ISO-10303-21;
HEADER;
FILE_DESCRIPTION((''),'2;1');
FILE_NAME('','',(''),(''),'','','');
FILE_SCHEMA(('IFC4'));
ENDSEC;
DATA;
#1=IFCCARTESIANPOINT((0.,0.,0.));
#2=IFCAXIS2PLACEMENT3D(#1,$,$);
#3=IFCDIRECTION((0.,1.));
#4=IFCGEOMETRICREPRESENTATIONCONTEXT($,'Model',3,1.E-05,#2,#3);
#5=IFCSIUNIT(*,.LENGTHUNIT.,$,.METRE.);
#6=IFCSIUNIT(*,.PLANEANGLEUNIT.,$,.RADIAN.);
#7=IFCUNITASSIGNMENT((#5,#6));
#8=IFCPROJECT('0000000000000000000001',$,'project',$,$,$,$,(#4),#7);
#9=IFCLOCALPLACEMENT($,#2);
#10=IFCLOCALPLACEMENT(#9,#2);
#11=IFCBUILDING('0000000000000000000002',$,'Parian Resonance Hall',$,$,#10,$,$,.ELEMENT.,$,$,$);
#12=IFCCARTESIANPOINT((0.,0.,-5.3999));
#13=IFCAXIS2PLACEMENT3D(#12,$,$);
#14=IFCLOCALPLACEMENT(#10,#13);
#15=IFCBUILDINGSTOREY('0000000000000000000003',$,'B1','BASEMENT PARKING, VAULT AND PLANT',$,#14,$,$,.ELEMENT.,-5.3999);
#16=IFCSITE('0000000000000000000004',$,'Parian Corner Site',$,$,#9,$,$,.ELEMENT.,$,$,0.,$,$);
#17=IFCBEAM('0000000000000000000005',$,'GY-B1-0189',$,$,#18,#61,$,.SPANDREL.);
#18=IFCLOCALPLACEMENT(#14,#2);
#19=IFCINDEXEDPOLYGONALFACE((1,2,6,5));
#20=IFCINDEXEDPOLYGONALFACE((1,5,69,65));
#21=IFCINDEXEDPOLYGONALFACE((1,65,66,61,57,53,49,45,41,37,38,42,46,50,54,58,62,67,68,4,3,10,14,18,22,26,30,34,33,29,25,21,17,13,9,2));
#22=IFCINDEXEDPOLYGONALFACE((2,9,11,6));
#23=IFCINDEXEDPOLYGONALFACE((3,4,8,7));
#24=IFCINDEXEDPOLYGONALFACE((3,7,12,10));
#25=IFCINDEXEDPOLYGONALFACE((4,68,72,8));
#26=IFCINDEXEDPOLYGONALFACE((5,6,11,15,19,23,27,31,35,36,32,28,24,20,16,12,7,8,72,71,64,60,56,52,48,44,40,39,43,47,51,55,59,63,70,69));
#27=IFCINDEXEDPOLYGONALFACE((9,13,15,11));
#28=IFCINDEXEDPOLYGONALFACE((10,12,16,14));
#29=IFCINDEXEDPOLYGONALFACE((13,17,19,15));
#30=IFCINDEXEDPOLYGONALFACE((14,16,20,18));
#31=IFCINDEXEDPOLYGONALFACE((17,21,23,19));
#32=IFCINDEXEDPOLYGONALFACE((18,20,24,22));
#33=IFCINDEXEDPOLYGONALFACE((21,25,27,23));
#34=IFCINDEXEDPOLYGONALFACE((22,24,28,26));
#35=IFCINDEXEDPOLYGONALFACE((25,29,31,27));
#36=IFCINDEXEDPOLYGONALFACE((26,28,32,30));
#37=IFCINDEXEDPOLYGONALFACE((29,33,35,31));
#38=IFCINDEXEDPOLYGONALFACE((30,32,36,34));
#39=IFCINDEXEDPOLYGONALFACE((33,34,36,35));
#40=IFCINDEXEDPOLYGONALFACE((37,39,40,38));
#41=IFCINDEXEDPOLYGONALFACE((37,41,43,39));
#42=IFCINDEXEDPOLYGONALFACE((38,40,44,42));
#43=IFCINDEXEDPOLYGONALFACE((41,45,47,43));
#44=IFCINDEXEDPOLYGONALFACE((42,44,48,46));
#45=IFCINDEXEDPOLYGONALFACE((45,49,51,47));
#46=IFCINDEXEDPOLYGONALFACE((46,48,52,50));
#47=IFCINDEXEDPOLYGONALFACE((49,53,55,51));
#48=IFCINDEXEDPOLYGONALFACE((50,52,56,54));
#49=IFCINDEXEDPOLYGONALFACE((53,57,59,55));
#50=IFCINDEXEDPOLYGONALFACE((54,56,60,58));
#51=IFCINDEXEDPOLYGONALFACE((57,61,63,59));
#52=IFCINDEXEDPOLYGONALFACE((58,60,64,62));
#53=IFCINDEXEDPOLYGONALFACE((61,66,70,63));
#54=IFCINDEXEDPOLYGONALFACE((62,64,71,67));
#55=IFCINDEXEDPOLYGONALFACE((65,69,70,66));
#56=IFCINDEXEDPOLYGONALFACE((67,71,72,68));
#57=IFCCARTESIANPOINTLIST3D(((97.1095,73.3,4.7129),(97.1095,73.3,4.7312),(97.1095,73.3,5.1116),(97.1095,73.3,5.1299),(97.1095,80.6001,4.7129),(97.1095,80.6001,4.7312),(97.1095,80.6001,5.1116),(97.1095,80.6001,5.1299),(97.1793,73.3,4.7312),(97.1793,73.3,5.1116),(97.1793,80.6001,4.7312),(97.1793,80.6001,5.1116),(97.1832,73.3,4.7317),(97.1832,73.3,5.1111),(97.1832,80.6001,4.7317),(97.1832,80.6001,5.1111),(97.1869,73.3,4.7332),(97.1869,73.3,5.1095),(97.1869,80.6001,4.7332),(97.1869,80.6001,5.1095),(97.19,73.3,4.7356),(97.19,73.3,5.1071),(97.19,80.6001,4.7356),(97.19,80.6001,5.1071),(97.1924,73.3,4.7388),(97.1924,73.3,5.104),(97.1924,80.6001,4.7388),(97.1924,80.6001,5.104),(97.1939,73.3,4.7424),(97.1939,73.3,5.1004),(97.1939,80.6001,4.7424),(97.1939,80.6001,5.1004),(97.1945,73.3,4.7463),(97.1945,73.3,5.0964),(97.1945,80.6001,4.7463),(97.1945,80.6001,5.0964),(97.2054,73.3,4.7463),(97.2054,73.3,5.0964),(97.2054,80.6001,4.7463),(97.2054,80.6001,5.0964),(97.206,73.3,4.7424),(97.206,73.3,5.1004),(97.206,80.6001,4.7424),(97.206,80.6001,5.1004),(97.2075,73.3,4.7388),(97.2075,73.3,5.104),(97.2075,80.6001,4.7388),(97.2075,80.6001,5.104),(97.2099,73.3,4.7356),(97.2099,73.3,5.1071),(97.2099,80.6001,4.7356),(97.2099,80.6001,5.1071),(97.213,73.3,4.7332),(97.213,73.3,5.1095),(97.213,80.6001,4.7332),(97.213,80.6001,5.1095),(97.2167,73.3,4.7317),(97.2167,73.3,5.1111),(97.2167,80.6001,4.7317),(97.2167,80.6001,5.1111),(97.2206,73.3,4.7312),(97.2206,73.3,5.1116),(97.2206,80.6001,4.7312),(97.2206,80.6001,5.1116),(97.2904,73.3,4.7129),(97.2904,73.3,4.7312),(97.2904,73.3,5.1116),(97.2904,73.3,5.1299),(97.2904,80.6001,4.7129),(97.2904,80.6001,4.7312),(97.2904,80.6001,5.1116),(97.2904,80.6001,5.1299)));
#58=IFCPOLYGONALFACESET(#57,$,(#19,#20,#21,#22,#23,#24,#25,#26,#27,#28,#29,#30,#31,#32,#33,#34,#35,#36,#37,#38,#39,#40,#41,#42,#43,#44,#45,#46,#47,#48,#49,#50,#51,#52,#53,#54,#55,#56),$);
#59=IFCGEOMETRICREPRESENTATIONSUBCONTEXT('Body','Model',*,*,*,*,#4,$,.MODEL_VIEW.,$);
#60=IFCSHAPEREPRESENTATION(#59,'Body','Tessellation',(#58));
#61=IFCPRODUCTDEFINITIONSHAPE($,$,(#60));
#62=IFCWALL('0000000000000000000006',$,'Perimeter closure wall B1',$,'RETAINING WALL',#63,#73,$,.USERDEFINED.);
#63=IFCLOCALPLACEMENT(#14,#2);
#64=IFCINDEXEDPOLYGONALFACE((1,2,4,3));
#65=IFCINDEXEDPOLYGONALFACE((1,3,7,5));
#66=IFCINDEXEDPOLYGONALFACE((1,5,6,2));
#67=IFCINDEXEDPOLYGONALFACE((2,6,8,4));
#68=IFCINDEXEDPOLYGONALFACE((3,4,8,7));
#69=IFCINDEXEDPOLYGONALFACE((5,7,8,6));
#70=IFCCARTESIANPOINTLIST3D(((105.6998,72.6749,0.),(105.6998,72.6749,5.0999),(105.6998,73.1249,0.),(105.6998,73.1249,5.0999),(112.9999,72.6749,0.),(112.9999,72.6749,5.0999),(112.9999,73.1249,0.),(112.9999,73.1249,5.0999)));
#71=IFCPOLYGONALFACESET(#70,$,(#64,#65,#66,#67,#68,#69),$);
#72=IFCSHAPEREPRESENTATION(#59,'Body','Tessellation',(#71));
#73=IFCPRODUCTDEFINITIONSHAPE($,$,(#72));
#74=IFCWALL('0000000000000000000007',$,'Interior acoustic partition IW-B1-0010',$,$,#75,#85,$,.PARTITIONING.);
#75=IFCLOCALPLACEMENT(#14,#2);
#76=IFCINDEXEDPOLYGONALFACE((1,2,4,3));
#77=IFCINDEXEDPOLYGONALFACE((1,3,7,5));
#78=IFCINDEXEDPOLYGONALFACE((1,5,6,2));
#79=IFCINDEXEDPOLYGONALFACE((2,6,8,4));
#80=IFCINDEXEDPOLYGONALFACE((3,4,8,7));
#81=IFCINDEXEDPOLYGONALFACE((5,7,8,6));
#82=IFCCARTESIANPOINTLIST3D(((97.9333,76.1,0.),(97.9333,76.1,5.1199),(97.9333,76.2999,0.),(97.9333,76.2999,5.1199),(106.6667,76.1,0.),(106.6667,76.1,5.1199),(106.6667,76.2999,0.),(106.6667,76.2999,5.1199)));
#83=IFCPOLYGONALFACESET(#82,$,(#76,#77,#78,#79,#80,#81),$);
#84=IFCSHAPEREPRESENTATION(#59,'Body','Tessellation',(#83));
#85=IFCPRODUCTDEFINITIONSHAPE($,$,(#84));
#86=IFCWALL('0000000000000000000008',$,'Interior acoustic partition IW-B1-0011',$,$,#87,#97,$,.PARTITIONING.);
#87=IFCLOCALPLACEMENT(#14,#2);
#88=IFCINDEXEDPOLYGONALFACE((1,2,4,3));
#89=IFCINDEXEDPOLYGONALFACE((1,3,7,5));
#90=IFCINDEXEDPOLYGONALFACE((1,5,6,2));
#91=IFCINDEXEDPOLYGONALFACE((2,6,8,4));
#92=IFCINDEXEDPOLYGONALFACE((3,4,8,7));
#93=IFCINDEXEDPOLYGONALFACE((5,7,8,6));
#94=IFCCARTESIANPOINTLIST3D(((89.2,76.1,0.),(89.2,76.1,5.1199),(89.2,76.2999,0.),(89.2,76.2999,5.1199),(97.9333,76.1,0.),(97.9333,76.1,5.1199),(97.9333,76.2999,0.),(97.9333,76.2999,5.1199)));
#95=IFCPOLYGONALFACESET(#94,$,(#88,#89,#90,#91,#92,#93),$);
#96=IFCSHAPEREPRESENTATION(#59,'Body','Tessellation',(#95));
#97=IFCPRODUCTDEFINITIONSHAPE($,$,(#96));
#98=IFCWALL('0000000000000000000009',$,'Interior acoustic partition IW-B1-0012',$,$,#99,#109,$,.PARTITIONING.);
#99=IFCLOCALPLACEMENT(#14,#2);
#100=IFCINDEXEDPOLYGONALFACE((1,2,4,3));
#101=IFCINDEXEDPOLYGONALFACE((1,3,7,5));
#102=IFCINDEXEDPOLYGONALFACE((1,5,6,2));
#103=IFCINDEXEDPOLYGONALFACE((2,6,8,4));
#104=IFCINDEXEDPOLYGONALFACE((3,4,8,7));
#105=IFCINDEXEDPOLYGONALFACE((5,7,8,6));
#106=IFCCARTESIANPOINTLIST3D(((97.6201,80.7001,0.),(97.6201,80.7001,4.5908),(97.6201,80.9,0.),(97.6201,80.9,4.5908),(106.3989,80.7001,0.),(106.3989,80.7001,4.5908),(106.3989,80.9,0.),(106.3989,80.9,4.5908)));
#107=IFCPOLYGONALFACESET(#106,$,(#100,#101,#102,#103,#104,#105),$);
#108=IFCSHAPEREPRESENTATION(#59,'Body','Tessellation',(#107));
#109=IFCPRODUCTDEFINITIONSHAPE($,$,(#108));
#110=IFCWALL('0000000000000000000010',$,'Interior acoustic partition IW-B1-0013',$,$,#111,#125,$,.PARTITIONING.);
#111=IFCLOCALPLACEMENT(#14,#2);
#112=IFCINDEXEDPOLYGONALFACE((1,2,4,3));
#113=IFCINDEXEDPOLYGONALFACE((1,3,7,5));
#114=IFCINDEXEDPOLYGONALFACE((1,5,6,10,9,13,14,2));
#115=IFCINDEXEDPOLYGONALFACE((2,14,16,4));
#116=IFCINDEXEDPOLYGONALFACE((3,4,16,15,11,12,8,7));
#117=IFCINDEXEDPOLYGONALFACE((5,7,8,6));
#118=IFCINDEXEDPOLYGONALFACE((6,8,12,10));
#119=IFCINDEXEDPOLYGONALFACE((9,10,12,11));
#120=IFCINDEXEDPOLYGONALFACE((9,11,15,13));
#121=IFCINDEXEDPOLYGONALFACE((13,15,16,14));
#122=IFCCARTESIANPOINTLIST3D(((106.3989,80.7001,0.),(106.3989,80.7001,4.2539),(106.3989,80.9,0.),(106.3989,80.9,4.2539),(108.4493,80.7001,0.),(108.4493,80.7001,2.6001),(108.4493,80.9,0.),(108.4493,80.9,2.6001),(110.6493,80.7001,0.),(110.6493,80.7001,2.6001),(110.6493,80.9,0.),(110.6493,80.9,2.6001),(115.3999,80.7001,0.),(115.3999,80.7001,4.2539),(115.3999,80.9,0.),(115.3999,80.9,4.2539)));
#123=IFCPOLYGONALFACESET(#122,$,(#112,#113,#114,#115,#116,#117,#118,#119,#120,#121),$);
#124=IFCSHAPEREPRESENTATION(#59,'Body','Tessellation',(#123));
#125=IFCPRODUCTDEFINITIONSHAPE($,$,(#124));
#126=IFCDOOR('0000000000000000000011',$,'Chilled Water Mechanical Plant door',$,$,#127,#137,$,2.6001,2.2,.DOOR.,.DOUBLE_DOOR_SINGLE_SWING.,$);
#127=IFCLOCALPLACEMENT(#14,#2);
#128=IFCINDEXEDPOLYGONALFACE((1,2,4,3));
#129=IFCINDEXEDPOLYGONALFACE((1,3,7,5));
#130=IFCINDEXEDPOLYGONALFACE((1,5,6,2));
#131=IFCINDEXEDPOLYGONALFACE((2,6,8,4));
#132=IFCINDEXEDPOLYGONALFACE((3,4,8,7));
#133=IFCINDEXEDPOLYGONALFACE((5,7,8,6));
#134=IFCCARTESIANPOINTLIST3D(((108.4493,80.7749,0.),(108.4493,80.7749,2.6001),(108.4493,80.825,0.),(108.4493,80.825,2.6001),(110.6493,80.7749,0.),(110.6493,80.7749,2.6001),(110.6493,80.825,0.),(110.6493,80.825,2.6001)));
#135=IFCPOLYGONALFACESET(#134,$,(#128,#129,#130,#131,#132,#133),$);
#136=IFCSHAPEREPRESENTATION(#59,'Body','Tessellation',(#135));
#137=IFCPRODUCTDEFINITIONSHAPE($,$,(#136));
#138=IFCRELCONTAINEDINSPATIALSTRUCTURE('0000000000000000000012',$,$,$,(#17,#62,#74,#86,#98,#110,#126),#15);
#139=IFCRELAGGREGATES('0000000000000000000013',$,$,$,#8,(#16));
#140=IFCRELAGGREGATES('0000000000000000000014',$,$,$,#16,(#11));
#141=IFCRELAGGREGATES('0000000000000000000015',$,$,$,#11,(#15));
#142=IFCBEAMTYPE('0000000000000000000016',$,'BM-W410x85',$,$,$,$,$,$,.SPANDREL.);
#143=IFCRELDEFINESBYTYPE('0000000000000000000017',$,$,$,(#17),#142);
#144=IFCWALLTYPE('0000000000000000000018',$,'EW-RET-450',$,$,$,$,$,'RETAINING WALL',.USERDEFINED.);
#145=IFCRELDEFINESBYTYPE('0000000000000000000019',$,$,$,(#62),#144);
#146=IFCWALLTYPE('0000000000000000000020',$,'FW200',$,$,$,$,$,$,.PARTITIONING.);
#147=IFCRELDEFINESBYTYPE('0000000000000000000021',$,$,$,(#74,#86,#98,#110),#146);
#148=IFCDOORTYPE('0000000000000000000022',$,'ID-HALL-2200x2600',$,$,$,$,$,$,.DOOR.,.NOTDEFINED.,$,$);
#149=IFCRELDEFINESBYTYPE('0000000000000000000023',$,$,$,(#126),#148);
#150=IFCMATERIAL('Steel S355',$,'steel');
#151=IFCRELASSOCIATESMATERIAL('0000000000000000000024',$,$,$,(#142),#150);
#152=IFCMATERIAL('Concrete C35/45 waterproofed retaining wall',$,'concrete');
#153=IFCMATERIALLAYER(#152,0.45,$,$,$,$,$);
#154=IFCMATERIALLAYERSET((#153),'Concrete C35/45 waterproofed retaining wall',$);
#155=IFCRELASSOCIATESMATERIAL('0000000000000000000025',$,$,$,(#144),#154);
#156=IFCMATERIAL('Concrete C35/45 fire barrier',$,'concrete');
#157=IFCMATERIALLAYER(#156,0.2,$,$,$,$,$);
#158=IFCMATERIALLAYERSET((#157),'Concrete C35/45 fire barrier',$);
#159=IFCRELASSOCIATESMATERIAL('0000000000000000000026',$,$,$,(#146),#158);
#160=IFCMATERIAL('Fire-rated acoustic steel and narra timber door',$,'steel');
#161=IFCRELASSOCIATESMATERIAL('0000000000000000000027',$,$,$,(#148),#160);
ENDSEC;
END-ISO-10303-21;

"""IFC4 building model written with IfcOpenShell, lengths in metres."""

from ifc_helpers import new_model, si_unit, direction, frame, frame_2d, origin, origin_2d, place, context, subcontext, project, spatial, rectangle, i_section, extrude, material, layer, layer_set, material_profile, profile_set, type_object, element, fill, save


model = new_model("IFC4")

# Units and contexts
model_context = context("Model", 3, precision=1e-05, world=origin(), true_north=direction((0.0, 1.0)))
body_context = subcontext(model_context, "Body", "Model", "MODEL_VIEW")
ifc_project = project(units=[si_unit("LENGTHUNIT", "METRE"), si_unit("PLANEANGLEUNIT", "RADIAN")], contexts=[model_context])

# Site, building, storey
site_placement = place(None, origin())
site = spatial("IfcSite", under=ifc_project, at=site_placement, Name="Parian Corner Site", CompositionType="ELEMENT", RefElevation=0.0)
building_placement = place(site_placement, origin())
building = spatial("IfcBuilding", under=site, at=building_placement, Name="Parian Resonance Hall", CompositionType="ELEMENT")
storey_placement = place(building_placement, frame((0.0, 0.0, -5.3999)))
storey = spatial("IfcBuildingStorey", under=building, at=storey_placement, Name="B1", Description="BASEMENT PARKING, VAULT AND PLANT", CompositionType="ELEMENT", Elevation=-5.3999)

# Beam
ifc_material_1 = material(Name="Steel S355", Category="steel")
ifc_material_profile_1 = material_profile(ifc_material_1, i_section(OverallWidth=0.1809, OverallDepth=0.417, WebThickness=0.011, FlangeThickness=0.0183, FilletRadius=0.0151, at=origin_2d()), Name="W410x85")
ifc_profile_set_1 = profile_set([ifc_material_profile_1], Name="Steel S355")
beam_type_1 = type_object("IfcBeamType", Name="BM-W410x85", PredefinedType="SPANDREL", material=ifc_profile_set_1)
beam_1_placement = place(storey_placement, frame((97.2, 73.3, 4.9214), z_axis=(0.0, 1.0, 0.0), x_axis=(-1.0, 0.0, 0.0)))
element("IfcBeam", 1, at=beam_1_placement, inside=storey, type_object=beam_type_1, Name="GY-B1-0189", PredefinedType="SPANDREL", context=body_context, shape_type="SweptSolid", body=[
    extrude(i_section(OverallWidth=0.1809, OverallDepth=0.417, WebThickness=0.011, FlangeThickness=0.0183, FilletRadius=0.0151, at=origin_2d()), origin(), (0.0, 0.0, 1.0), 7.3),
])

# Walls
ifc_material_2 = material(Name="Concrete C35/45 waterproofed retaining wall", Category="concrete")
ifc_layer_1 = layer(ifc_material_2, 0.45)
ifc_layer_set_1 = layer_set([ifc_layer_1], Name="Concrete C35/45 waterproofed retaining wall")
wall_type_1 = type_object("IfcWallType", Name="EW-RET-450", ElementType="RETAINING WALL", PredefinedType="USERDEFINED", material=ifc_layer_set_1)
wall_1_placement = place(storey_placement, frame((105.7, 72.8999, 0.0), z_axis=(0.0, 0.0, 1.0), x_axis=(1.0, 0.0, 0.0)))
element("IfcWall", 2, at=wall_1_placement, inside=storey, type_object=wall_type_1, Name="Perimeter closure wall B1", ObjectType="RETAINING WALL", PredefinedType="USERDEFINED", context=body_context, shape_type="SweptSolid", body=[
    extrude(rectangle(XDim=7.3, YDim=0.45, at=frame_2d((3.6499, 0.0))), origin(), (0.0, 0.0, 1.0), 5.0999),
])
ifc_material_3 = material(Name="Concrete C35/45 fire barrier", Category="concrete")
ifc_layer_2 = layer(ifc_material_3, 0.2)
ifc_layer_set_2 = layer_set([ifc_layer_2], Name="Concrete C35/45 fire barrier")
wall_type_2 = type_object("IfcWallType", Name="FW200", PredefinedType="PARTITIONING", material=ifc_layer_set_2)
for number, where, z_axis, x_axis, name in (
    (3, (106.6667, 76.2, 0.0), (0.0, 0.0, 1.0), (-1.0, 0.0, 0.0), "Interior acoustic partition IW-B1-0010"),
    (4, (97.9333, 76.2, 0.0), (0.0, 0.0, 1.0), (-1.0, 0.0, 0.0), "Interior acoustic partition IW-B1-0011"),
):
    element("IfcWall", number, at=place(storey_placement, frame(where, z_axis=z_axis, x_axis=x_axis)), inside=storey, type_object=wall_type_2, Name=name, PredefinedType="PARTITIONING", context=body_context, shape_type="SweptSolid", body=[
        extrude(rectangle(XDim=8.7334, YDim=0.2, at=frame_2d((4.3667, 0.0))), origin(), (0.0, 0.0, 1.0), 5.1199),
    ])
wall_2_placement = place(storey_placement, frame((97.6201, 80.8, 0.0), z_axis=(0.0, 0.0, 1.0), x_axis=(1.0, 0.0, 0.0)))
element("IfcWall", 5, at=wall_2_placement, inside=storey, type_object=wall_type_2, Name="Interior acoustic partition IW-B1-0012", PredefinedType="PARTITIONING", context=body_context, shape_type="SweptSolid", body=[
    extrude(rectangle(XDim=8.7788, YDim=0.2, at=frame_2d((4.3894, 0.0))), origin(), (0.0, 0.0, 1.0), 4.5908),
])

# Wall, opening, door
wall_3_placement = place(storey_placement, frame((106.3989, 80.8, 0.0), z_axis=(0.0, 0.0, 1.0), x_axis=(1.0, 0.0, 0.0)))
wall_3 = element("IfcWall", 6, at=wall_3_placement, inside=storey, type_object=wall_type_2, Name="Interior acoustic partition IW-B1-0013", PredefinedType="PARTITIONING", context=body_context, shape_type="SweptSolid", body=[
    extrude(rectangle(XDim=9.001, YDim=0.2, at=frame_2d((4.5005, 0.0))), origin(), (0.0, 0.0, 1.0), 4.2539),
])
opening_placement = place(wall_3_placement, frame((2.0503, 0.0, 0.0)))
opening = element("IfcOpeningElement", 7, at=opening_placement, cuts=wall_3, PredefinedType="OPENING", context=body_context, shape_type="SweptSolid", body=[
    extrude(rectangle(XDim=2.2, YDim=2.6001, at=frame_2d((1.1001, 1.3))), frame((0.0, 0.1099, 0.0), z_axis=(0.0, -1.0, 0.0), x_axis=(1.0, 0.0, 0.0)), (0.0, 0.0, 1.0), 0.22),
])
ifc_material_4 = material(Name="Fire-rated acoustic steel and narra timber door", Category="steel")
door_type = type_object("IfcDoorType", Name="ID-HALL-2200x2600", OperationType="NOTDEFINED", PredefinedType="DOOR", material=ifc_material_4)
door_placement = place(opening_placement, origin())
door = element("IfcDoor", 8, at=door_placement, inside=storey, type_object=door_type, Name="Chilled Water Mechanical Plant door", OperationType="DOUBLE_DOOR_SINGLE_SWING", OverallHeight=2.6001, OverallWidth=2.2, PredefinedType="DOOR", context=body_context, shape_type="SweptSolid", body=[
    extrude(rectangle(XDim=2.2, YDim=2.6001, at=frame_2d((1.1001, 1.3))), frame((0.0, 0.0249, 0.0), z_axis=(0.0, -1.0, 0.0), x_axis=(1.0, 0.0, 0.0)), (0.0, 0.0, 1.0), 0.05),
])
fill(opening, door)

save(model, "model.ifc")
